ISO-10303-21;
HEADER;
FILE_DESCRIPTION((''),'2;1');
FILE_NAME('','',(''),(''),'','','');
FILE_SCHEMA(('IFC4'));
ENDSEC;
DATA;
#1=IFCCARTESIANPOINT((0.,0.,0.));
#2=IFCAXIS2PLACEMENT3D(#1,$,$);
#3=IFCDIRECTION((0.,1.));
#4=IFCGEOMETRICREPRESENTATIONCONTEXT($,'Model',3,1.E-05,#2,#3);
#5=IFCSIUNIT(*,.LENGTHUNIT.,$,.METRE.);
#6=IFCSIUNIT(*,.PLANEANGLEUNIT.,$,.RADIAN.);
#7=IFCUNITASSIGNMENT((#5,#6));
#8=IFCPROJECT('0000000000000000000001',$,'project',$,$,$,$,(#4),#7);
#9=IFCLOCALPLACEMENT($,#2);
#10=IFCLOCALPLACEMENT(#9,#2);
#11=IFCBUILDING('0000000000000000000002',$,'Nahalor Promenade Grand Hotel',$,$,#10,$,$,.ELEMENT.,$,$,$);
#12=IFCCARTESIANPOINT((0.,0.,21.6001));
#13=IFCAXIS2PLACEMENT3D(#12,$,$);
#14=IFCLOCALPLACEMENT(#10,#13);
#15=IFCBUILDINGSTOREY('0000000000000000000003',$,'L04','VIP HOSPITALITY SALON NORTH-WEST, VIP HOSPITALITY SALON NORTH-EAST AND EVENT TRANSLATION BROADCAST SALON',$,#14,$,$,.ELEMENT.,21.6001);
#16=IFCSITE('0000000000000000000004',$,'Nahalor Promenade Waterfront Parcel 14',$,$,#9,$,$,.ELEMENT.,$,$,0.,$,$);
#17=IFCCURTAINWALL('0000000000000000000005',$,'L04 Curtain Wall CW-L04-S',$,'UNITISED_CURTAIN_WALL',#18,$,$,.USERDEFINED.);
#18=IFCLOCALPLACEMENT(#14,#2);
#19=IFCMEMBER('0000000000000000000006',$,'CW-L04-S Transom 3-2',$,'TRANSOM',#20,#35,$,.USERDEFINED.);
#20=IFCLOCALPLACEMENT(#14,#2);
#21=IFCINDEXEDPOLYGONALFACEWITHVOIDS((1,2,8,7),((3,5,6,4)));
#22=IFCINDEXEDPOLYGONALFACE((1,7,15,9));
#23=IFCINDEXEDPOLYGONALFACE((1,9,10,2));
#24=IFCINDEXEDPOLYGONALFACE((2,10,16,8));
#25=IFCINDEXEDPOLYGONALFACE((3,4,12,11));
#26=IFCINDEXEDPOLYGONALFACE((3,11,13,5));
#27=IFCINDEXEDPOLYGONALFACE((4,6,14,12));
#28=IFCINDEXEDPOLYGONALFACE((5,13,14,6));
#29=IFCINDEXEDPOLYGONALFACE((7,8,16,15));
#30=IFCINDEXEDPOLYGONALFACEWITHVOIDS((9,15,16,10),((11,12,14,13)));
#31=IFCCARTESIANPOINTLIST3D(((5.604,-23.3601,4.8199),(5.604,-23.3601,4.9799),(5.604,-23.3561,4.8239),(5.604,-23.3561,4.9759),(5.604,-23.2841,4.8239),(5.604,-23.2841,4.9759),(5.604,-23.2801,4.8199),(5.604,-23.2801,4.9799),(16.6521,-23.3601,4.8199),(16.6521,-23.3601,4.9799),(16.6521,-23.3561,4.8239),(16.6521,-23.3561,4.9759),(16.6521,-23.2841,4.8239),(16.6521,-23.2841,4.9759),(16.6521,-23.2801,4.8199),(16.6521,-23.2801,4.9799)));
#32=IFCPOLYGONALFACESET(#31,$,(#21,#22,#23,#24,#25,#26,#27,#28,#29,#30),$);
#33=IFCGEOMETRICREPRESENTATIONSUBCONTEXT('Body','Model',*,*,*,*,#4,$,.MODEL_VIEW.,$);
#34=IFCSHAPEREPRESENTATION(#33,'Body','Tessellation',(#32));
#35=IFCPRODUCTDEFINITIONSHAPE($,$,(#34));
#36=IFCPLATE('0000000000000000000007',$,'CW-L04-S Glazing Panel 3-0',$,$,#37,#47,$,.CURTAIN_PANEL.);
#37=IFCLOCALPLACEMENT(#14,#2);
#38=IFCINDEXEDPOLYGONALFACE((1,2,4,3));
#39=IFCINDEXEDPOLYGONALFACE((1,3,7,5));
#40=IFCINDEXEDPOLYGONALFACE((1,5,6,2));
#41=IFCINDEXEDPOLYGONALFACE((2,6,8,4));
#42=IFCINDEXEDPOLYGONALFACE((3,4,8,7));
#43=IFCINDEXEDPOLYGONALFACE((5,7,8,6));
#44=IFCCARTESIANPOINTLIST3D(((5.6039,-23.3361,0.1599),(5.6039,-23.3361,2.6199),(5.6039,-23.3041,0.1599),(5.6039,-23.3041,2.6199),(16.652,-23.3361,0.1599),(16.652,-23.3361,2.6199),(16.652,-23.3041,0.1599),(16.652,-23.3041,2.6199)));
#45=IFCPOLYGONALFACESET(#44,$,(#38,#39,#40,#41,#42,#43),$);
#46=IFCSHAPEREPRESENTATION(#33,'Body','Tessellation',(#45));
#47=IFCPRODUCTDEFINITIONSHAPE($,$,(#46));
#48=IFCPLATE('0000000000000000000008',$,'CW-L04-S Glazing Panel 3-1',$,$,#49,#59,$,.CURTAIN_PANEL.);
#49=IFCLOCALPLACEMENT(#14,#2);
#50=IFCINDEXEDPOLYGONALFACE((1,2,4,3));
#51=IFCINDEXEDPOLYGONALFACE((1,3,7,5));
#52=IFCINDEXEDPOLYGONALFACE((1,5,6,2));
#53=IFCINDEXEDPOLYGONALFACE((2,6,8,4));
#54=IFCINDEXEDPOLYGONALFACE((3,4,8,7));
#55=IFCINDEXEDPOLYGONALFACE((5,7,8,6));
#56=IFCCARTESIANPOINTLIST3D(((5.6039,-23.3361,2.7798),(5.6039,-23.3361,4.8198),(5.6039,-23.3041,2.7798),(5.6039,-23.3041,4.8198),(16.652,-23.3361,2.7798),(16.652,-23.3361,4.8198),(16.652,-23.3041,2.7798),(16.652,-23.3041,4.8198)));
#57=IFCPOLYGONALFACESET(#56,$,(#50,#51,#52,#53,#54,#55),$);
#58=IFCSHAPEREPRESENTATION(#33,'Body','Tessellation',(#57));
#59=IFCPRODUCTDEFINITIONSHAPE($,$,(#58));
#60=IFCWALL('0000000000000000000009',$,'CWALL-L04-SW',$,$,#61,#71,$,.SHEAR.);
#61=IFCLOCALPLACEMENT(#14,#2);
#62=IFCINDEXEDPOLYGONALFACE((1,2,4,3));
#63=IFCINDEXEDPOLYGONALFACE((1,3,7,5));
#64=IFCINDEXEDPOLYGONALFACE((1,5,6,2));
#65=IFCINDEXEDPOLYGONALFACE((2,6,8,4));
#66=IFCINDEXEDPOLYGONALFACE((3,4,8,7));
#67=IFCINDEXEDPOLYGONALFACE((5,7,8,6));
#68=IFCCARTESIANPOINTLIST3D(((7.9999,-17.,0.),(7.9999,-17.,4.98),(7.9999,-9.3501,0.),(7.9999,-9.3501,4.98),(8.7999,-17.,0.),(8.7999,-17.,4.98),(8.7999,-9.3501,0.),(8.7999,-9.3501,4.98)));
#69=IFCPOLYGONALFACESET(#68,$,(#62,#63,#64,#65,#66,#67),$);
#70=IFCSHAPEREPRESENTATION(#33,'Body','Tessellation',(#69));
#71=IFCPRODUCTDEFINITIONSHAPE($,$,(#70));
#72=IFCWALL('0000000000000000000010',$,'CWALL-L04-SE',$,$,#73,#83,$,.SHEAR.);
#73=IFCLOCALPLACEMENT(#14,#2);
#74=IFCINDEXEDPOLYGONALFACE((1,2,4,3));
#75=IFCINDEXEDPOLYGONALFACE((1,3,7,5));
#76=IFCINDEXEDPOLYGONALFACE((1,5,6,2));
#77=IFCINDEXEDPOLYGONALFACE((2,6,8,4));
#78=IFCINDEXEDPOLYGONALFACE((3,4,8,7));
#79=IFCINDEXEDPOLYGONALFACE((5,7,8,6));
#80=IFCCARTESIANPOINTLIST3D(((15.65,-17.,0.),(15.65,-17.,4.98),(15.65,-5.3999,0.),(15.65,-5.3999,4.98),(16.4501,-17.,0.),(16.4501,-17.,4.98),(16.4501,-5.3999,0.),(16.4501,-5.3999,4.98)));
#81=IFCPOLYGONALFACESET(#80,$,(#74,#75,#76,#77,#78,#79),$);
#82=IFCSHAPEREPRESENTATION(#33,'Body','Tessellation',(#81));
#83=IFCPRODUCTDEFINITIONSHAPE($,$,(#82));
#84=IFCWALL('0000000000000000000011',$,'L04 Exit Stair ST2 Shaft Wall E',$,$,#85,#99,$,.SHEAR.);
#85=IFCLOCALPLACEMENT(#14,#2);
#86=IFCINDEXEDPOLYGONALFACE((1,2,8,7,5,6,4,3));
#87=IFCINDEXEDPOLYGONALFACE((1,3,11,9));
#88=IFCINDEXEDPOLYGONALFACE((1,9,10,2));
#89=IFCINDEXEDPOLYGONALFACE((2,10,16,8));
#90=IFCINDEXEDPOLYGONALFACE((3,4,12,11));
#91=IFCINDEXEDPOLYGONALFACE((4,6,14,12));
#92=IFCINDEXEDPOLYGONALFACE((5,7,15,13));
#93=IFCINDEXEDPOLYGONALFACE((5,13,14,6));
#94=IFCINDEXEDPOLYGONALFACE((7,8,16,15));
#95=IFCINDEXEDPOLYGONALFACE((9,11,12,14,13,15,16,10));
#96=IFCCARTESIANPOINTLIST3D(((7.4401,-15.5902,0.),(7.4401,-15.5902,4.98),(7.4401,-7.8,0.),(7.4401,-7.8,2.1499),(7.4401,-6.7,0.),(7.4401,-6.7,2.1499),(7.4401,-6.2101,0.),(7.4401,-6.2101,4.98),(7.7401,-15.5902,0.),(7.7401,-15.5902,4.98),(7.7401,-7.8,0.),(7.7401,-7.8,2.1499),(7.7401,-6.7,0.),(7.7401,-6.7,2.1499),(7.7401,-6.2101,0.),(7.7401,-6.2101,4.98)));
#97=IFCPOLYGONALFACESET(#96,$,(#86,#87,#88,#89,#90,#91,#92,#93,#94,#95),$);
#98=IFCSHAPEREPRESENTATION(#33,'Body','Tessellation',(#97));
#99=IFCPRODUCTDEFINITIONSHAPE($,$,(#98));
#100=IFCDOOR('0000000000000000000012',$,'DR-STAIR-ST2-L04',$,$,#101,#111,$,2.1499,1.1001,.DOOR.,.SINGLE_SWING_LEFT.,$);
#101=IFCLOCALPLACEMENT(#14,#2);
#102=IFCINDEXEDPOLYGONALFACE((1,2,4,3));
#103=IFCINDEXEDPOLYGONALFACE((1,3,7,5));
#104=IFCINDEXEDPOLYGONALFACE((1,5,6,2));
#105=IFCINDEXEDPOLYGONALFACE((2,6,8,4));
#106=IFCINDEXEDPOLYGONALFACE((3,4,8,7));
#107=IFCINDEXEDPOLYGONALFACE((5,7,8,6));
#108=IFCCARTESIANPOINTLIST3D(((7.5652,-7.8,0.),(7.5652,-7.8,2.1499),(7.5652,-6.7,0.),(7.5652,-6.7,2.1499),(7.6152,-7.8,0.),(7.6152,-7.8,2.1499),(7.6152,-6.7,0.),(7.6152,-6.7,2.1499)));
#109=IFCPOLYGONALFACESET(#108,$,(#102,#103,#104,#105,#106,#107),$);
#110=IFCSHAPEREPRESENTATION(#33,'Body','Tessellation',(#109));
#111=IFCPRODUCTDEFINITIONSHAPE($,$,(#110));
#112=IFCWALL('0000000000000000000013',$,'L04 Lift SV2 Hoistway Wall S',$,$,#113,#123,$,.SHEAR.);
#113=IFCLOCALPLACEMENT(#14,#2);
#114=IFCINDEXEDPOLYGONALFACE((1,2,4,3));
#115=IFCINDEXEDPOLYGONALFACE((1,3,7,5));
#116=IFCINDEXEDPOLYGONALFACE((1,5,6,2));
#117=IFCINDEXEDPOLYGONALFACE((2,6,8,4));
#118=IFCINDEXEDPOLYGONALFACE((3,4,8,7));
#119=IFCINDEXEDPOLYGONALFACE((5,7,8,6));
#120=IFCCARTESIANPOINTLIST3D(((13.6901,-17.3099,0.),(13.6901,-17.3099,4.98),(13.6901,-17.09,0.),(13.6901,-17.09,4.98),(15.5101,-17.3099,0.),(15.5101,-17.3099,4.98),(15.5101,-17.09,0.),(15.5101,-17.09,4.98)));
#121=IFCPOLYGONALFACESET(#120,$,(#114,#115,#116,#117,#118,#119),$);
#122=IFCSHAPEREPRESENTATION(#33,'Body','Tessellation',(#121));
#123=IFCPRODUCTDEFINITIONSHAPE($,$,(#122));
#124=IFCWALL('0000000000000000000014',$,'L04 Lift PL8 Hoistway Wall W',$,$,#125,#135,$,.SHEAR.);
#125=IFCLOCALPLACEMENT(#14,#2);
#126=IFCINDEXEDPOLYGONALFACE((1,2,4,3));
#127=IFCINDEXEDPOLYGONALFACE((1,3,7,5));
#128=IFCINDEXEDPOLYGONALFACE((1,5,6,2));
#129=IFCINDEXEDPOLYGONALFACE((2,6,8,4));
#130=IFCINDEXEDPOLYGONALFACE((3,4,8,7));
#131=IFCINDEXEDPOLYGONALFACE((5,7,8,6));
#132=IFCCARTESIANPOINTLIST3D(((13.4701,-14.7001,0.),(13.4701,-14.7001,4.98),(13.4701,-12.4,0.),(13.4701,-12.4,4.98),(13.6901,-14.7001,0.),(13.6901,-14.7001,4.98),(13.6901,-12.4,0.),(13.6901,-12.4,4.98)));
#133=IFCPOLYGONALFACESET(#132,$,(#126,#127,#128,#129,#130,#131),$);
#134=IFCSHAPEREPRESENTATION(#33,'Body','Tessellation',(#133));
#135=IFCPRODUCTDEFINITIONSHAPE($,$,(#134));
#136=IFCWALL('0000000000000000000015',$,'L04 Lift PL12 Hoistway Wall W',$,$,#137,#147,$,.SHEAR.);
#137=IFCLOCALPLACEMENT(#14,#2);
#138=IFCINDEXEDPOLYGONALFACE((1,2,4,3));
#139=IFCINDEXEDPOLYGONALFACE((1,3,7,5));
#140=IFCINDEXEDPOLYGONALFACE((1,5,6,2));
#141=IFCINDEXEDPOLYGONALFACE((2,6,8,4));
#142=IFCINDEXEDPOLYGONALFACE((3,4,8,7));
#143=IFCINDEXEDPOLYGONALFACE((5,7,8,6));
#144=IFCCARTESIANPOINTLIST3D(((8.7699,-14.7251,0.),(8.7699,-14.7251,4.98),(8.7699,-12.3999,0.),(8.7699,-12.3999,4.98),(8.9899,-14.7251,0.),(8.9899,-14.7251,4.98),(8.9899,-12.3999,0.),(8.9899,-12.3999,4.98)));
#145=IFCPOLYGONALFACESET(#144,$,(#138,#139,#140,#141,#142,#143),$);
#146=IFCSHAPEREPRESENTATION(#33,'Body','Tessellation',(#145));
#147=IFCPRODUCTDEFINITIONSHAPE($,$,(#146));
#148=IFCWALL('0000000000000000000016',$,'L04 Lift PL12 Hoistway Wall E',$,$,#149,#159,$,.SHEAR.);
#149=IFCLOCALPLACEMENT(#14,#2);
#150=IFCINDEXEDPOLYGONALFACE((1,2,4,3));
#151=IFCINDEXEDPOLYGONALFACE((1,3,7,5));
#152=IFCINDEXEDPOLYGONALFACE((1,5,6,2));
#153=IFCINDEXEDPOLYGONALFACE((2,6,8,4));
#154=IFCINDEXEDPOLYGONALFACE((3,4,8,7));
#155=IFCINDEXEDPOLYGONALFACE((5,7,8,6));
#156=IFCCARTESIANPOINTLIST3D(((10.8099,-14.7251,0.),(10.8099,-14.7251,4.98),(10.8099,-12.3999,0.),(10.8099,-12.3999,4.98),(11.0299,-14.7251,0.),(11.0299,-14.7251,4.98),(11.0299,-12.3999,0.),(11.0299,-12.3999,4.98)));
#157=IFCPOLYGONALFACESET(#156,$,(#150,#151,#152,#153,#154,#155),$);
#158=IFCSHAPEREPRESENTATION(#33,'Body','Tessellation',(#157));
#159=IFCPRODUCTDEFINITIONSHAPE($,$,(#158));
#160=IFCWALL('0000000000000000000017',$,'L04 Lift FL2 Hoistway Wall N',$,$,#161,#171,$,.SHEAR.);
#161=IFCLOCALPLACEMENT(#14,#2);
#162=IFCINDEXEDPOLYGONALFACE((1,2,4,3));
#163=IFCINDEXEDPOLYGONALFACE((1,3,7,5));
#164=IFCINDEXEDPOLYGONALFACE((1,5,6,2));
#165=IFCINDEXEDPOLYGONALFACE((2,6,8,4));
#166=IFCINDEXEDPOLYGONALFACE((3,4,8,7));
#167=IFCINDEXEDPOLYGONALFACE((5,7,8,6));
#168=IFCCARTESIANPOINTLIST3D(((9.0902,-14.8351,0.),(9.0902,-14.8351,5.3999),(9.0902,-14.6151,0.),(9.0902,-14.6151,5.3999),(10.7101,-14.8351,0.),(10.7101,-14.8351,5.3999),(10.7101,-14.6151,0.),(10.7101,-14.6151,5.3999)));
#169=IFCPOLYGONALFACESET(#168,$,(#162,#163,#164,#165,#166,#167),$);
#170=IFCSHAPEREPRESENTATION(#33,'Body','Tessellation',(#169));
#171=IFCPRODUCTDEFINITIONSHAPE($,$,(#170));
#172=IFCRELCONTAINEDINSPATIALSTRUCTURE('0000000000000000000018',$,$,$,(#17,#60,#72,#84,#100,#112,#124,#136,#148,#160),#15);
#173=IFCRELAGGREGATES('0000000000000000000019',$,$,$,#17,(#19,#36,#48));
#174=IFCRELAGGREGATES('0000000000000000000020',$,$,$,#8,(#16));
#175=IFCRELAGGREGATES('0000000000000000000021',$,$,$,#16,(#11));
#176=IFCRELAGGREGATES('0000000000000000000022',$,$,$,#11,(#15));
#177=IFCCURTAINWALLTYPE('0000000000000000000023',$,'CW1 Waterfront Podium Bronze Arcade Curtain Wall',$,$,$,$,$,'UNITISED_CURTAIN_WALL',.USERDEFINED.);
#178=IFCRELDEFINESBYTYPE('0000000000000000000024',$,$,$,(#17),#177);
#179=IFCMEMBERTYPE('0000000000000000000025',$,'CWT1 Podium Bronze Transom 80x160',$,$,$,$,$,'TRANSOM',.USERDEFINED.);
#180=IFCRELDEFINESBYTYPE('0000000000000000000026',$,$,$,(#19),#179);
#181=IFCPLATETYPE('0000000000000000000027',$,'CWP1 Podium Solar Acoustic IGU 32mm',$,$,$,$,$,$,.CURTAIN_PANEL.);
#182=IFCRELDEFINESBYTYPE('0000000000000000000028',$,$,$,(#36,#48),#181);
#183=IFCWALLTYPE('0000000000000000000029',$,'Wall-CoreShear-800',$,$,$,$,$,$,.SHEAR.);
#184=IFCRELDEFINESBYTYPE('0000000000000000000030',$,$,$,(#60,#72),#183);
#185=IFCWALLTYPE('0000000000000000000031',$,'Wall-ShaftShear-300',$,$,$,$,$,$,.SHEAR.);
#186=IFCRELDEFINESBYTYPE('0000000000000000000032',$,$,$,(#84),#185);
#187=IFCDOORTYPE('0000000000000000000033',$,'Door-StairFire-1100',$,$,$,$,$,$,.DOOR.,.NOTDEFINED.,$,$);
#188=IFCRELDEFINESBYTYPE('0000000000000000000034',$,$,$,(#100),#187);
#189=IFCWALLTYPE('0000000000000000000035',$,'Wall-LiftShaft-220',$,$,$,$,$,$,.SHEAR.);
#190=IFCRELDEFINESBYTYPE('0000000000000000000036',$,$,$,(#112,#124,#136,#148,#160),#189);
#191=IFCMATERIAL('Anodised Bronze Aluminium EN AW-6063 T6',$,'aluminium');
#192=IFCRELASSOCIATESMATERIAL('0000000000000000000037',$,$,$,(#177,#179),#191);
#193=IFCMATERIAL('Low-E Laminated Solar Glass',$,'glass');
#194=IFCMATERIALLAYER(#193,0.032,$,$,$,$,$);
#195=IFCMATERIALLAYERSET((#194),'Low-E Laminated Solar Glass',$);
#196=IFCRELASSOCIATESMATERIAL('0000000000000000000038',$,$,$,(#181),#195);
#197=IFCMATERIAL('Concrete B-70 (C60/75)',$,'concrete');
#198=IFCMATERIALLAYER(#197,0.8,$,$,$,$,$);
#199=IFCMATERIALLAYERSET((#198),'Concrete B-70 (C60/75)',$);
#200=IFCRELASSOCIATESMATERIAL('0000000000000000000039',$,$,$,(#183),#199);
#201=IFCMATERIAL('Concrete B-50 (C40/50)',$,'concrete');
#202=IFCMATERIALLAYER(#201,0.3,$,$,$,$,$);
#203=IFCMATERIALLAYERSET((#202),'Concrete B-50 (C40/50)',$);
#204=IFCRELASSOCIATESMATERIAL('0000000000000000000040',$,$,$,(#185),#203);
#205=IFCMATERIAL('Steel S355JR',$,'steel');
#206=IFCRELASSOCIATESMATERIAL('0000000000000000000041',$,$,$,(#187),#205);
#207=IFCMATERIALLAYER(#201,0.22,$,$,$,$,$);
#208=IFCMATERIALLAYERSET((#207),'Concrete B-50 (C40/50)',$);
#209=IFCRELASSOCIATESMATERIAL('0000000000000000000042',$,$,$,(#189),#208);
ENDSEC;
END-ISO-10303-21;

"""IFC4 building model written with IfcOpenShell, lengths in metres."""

from ifc_helpers import new_model, si_unit, direction, frame, frame_2d, origin, origin_2d, place, context, subcontext, project, spatial, rectangle, hollow_rectangle, extrude, source, transform, mapped, material, layer, layer_set, material_profile, profile_set, type_object, element, fill, aggregate, save


model = new_model("IFC4")

# Units and contexts
model_context = context("Model", 3, precision=1e-05, world=origin(), true_north=direction((0.0, 1.0)))
body_context = subcontext(model_context, "Body", "Model", "MODEL_VIEW")
ifc_project = project(units=[si_unit("LENGTHUNIT", "METRE"), si_unit("PLANEANGLEUNIT", "RADIAN")], contexts=[model_context])

# Site, building, storey
site_placement = place(None, origin())
site = spatial("IfcSite", under=ifc_project, at=site_placement, Name="Nahalor Promenade Waterfront Parcel 14", CompositionType="ELEMENT", RefElevation=0.0)
building_placement = place(site_placement, origin())
building = spatial("IfcBuilding", under=site, at=building_placement, Name="Nahalor Promenade Grand Hotel", CompositionType="ELEMENT")
storey_placement = place(building_placement, frame((0.0, 0.0, 21.6001)))
storey = spatial("IfcBuildingStorey", under=building, at=storey_placement, Name="L04", Description="VIP HOSPITALITY SALON NORTH-WEST, VIP HOSPITALITY SALON NORTH-EAST AND EVENT TRANSLATION BROADCAST SALON", CompositionType="ELEMENT", Elevation=21.6001)

# Shared definitions
ifc_material_1 = material(Name="Concrete B-70 (C60/75)", Category="concrete")

# Shared definitions
ifc_material_2 = material(Name="Steel S355JR", Category="steel")

# Curtain wall, member, plates
ifc_material_3 = material(Name="Anodised Bronze Aluminium EN AW-6063 T6", Category="aluminium")
curtain_wall_type = type_object("IfcCurtainWallType", Name="CW1 Waterfront Podium Bronze Arcade Curtain Wall", ElementType="UNITISED_CURTAIN_WALL", PredefinedType="USERDEFINED", material=ifc_material_3)
curtain_wall_placement = place(storey_placement, origin())
curtain_wall = element("IfcCurtainWall", 1, at=curtain_wall_placement, inside=storey, type_object=curtain_wall_type, Name="L04 Curtain Wall CW-L04-S", ObjectType="UNITISED_CURTAIN_WALL", PredefinedType="USERDEFINED")
ifc_material_profile_1 = material_profile(ifc_material_3, hollow_rectangle(XDim=0.08, YDim=0.16, WallThickness=0.004, at=origin_2d()), Name="CWT 80x160x4")
ifc_profile_set_1 = profile_set([ifc_material_profile_1], Name="Anodised Bronze Aluminium EN AW-6063 T6")
member_type = type_object("IfcMemberType", Name="CWT1 Podium Bronze Transom 80x160", ElementType="TRANSOM", PredefinedType="USERDEFINED", material=ifc_profile_set_1)
shared_shape_1 = source(origin(), body_context, "Body", "SweptSolid", [
    extrude(hollow_rectangle(XDim=0.08, YDim=0.16, WallThickness=0.004, at=origin_2d()), origin(), (0.0, 0.0, 1.0), 11.0481),
])
member_1_placement = place(storey_placement, frame((5.604, -23.3201, 4.8999), z_axis=(1.0, 0.0, 0.0), x_axis=(0.0, 1.0, 0.0)))
member_1 = element("IfcMember", 2, at=member_1_placement, type_object=member_type, Name="CW-L04-S Transom 3-2", ObjectType="TRANSOM", PredefinedType="USERDEFINED", context=body_context, shape_type="MappedRepresentation", body=[
    mapped(shared_shape_1, transform((0.0, 0.0, 0.0), scale=1.0)),
])
ifc_material_4 = material(Name="Low-E Laminated Solar Glass", Category="glass")
ifc_layer_1 = layer(ifc_material_4, 0.032)
ifc_layer_set_1 = layer_set([ifc_layer_1], Name="Low-E Laminated Solar Glass")
plate_type = type_object("IfcPlateType", Name="CWP1 Podium Solar Acoustic IGU 32mm", PredefinedType="CURTAIN_PANEL", material=ifc_layer_set_1)
shared_shape_2 = source(origin(), body_context, "Body", "SweptSolid", [
    extrude(rectangle(XDim=11.0481, YDim=0.032, at=origin_2d()), origin(), (0.0, 0.0, 1.0), 2.46),
])
plate_1_placement = place(storey_placement, frame((11.1279, -23.3201, 0.1599), z_axis=(0.0, 0.0, 1.0), x_axis=(1.0, 0.0, 0.0)))
plate_1 = element("IfcPlate", 3, at=plate_1_placement, type_object=plate_type, Name="CW-L04-S Glazing Panel 3-0", PredefinedType="CURTAIN_PANEL", context=body_context, shape_type="MappedRepresentation", body=[
    mapped(shared_shape_2, transform((0.0, 0.0, 0.0), scale=1.0)),
])
shared_shape_3 = source(origin(), body_context, "Body", "SweptSolid", [
    extrude(rectangle(XDim=11.0481, YDim=0.032, at=origin_2d()), origin(), (0.0, 0.0, 1.0), 2.04),
])
plate_2_placement = place(storey_placement, frame((11.1279, -23.3201, 2.7798), z_axis=(0.0, 0.0, 1.0), x_axis=(1.0, 0.0, 0.0)))
plate_2 = element("IfcPlate", 4, at=plate_2_placement, type_object=plate_type, Name="CW-L04-S Glazing Panel 3-1", PredefinedType="CURTAIN_PANEL", context=body_context, shape_type="MappedRepresentation", body=[
    mapped(shared_shape_3, transform((0.0, 0.0, 0.0), scale=1.0)),
])
aggregate(curtain_wall, [member_1, plate_1, plate_2])

# Walls
ifc_layer_2 = layer(ifc_material_1, 0.8)
ifc_layer_set_2 = layer_set([ifc_layer_2], Name="Concrete B-70 (C60/75)")
wall_type_1 = type_object("IfcWallType", Name="Wall-CoreShear-800", PredefinedType="SHEAR", material=ifc_layer_set_2)
shared_shape_4 = source(origin(), body_context, "Body", "SweptSolid", [
    extrude(rectangle(XDim=7.6499, YDim=0.8, at=frame_2d((3.825, 0.0))), origin(), (0.0, 0.0, 1.0), 4.98),
])
wall_1_placement = place(storey_placement, frame((8.3999, -17.0, 0.0), z_axis=(0.0, 0.0, 1.0), x_axis=(0.0, 1.0, 0.0)))
element("IfcWall", 5, at=wall_1_placement, inside=storey, type_object=wall_type_1, Name="CWALL-L04-SW", PredefinedType="SHEAR", context=body_context, shape_type="MappedRepresentation", body=[
    mapped(shared_shape_4, transform((0.0, 0.0, 0.0), scale=1.0)),
])
shared_shape_5 = source(origin(), body_context, "Body", "SweptSolid", [
    extrude(rectangle(XDim=11.6001, YDim=0.8, at=frame_2d((5.8, 0.0))), origin(), (0.0, 0.0, 1.0), 4.98),
])
wall_2_placement = place(storey_placement, frame((16.05, -17.0, 0.0), z_axis=(0.0, 0.0, 1.0), x_axis=(0.0, 1.0, 0.0)))
element("IfcWall", 6, at=wall_2_placement, inside=storey, type_object=wall_type_1, Name="CWALL-L04-SE", PredefinedType="SHEAR", context=body_context, shape_type="MappedRepresentation", body=[
    mapped(shared_shape_5, transform((0.0, 0.0, 0.0), scale=1.0)),
])

# Wall, opening, door
ifc_material_5 = material(Name="Concrete B-50 (C40/50)", Category="concrete")
ifc_layer_3 = layer(ifc_material_5, 0.3)
ifc_layer_set_3 = layer_set([ifc_layer_3], Name="Concrete B-50 (C40/50)")
wall_type_2 = type_object("IfcWallType", Name="Wall-ShaftShear-300", PredefinedType="SHEAR", material=ifc_layer_set_3)
shared_shape_6 = source(origin(), body_context, "Body", "SweptSolid", [
    extrude(rectangle(XDim=9.3801, YDim=0.3, at=frame_2d((4.6899, 0.0))), origin(), (0.0, 0.0, 1.0), 4.98),
])
wall_3_placement = place(storey_placement, frame((7.5901, -15.5901, 0.0), z_axis=(0.0, 0.0, 1.0), x_axis=(0.0, 1.0, 0.0)))
wall_3 = element("IfcWall", 7, at=wall_3_placement, inside=storey, type_object=wall_type_2, Name="L04 Exit Stair ST2 Shaft Wall E", PredefinedType="SHEAR", context=body_context, shape_type="MappedRepresentation", body=[
    mapped(shared_shape_6, transform((0.0, 0.0, 0.0), scale=1.0)),
])
opening_1_placement = place(wall_3_placement, frame((7.79, 0.0, 0.0)))
opening_1 = element("IfcOpeningElement", 8, at=opening_1_placement, cuts=wall_3, PredefinedType="OPENING", context=body_context, shape_type="SweptSolid", body=[
    extrude(rectangle(XDim=1.1001, YDim=2.1499, at=frame_2d((0.55, 1.075))), frame((0.0, 0.1599, 0.0), z_axis=(0.0, -1.0, 0.0), x_axis=(1.0, 0.0, 0.0)), (0.0, 0.0, 1.0), 0.3201),
])
door_type_1 = type_object("IfcDoorType", Name="Door-StairFire-1100", OperationType="NOTDEFINED", PredefinedType="DOOR", material=ifc_material_2)
shared_shape_7 = source(origin(), body_context, "Body", "SweptSolid", [
    extrude(rectangle(XDim=1.1001, YDim=2.1499, at=frame_2d((0.55, 1.075))), frame((0.0, 0.0249, 0.0), z_axis=(0.0, -1.0, 0.0), x_axis=(1.0, 0.0, 0.0)), (0.0, 0.0, 1.0), 0.05),
])
door_1_placement = place(opening_1_placement, origin())
door_1 = element("IfcDoor", 9, at=door_1_placement, inside=storey, type_object=door_type_1, Name="DR-STAIR-ST2-L04", OperationType="SINGLE_SWING_LEFT", OverallHeight=2.1499, OverallWidth=1.1001, PredefinedType="DOOR", context=body_context, shape_type="MappedRepresentation", body=[
    mapped(shared_shape_7, transform((0.0, 0.0, 0.0), scale=1.0)),
])
fill(opening_1, door_1)

# Walls
ifc_layer_4 = layer(ifc_material_5, 0.22)
ifc_layer_set_4 = layer_set([ifc_layer_4], Name="Concrete B-50 (C40/50)")
wall_type_3 = type_object("IfcWallType", Name="Wall-LiftShaft-220", PredefinedType="SHEAR", material=ifc_layer_set_4)
shared_shape_8 = source(origin(), body_context, "Body", "SweptSolid", [
    extrude(rectangle(XDim=1.8201, YDim=0.22, at=frame_2d((0.9102, 0.0))), origin(), (0.0, 0.0, 1.0), 4.98),
])
wall_4_placement = place(storey_placement, frame((13.6899, -17.2, 0.0), z_axis=(0.0, 0.0, 1.0), x_axis=(1.0, 0.0, 0.0)))
element("IfcWall", 10, at=wall_4_placement, inside=storey, type_object=wall_type_3, Name="L04 Lift SV2 Hoistway Wall S", PredefinedType="SHEAR", context=body_context, shape_type="MappedRepresentation", body=[
    mapped(shared_shape_8, transform((0.0, 0.0, 0.0), scale=1.0)),
])
shared_shape_9 = source(origin(), body_context, "Body", "SweptSolid", [
    extrude(rectangle(XDim=2.3, YDim=0.22, at=frame_2d((1.1499, 0.0))), origin(), (0.0, 0.0, 1.0), 4.98),
])
wall_5_placement = place(storey_placement, frame((13.5801, -14.7, 0.0), z_axis=(0.0, 0.0, 1.0), x_axis=(0.0, 1.0, 0.0)))
element("IfcWall", 11, at=wall_5_placement, inside=storey, type_object=wall_type_3, Name="L04 Lift PL8 Hoistway Wall W", PredefinedType="SHEAR", context=body_context, shape_type="MappedRepresentation", body=[
    mapped(shared_shape_9, transform((0.0, 0.0, 0.0), scale=1.0)),
])
shared_shape_10 = source(origin(), body_context, "Body", "SweptSolid", [
    extrude(rectangle(XDim=2.3252, YDim=0.22, at=frame_2d((1.1626, 0.0))), origin(), (0.0, 0.0, 1.0), 4.98),
])
for number, where, z_axis, x_axis, name in (
    (12, (8.8799, -14.7251, 0.0), (0.0, 0.0, 1.0), (0.0, 1.0, 0.0), "L04 Lift PL12 Hoistway Wall W"),
    (13, (10.9199, -14.7251, 0.0), (0.0, 0.0, 1.0), (0.0, 1.0, 0.0), "L04 Lift PL12 Hoistway Wall E"),
):
    element("IfcWall", number, at=place(storey_placement, frame(where, z_axis=z_axis, x_axis=x_axis)), inside=storey, type_object=wall_type_3, Name=name, PredefinedType="SHEAR", context=body_context, shape_type="MappedRepresentation", body=[
        mapped(shared_shape_10, transform((0.0, 0.0, 0.0), scale=1.0)),
    ])
shared_shape_11 = source(origin(), body_context, "Body", "SweptSolid", [
    extrude(rectangle(XDim=1.6199, YDim=0.22, at=frame_2d((0.8101, 0.0))), origin(), (0.0, 0.0, 1.0), 5.3999),
])
wall_6_placement = place(storey_placement, frame((9.0901, -14.7251, 0.0), z_axis=(0.0, 0.0, 1.0), x_axis=(1.0, 0.0, 0.0)))
element("IfcWall", 14, at=wall_6_placement, inside=storey, type_object=wall_type_3, Name="L04 Lift FL2 Hoistway Wall N", PredefinedType="SHEAR", context=body_context, shape_type="MappedRepresentation", body=[
    mapped(shared_shape_11, transform((0.0, 0.0, 0.0), scale=1.0)),
])

save(model, "model.ifc")
